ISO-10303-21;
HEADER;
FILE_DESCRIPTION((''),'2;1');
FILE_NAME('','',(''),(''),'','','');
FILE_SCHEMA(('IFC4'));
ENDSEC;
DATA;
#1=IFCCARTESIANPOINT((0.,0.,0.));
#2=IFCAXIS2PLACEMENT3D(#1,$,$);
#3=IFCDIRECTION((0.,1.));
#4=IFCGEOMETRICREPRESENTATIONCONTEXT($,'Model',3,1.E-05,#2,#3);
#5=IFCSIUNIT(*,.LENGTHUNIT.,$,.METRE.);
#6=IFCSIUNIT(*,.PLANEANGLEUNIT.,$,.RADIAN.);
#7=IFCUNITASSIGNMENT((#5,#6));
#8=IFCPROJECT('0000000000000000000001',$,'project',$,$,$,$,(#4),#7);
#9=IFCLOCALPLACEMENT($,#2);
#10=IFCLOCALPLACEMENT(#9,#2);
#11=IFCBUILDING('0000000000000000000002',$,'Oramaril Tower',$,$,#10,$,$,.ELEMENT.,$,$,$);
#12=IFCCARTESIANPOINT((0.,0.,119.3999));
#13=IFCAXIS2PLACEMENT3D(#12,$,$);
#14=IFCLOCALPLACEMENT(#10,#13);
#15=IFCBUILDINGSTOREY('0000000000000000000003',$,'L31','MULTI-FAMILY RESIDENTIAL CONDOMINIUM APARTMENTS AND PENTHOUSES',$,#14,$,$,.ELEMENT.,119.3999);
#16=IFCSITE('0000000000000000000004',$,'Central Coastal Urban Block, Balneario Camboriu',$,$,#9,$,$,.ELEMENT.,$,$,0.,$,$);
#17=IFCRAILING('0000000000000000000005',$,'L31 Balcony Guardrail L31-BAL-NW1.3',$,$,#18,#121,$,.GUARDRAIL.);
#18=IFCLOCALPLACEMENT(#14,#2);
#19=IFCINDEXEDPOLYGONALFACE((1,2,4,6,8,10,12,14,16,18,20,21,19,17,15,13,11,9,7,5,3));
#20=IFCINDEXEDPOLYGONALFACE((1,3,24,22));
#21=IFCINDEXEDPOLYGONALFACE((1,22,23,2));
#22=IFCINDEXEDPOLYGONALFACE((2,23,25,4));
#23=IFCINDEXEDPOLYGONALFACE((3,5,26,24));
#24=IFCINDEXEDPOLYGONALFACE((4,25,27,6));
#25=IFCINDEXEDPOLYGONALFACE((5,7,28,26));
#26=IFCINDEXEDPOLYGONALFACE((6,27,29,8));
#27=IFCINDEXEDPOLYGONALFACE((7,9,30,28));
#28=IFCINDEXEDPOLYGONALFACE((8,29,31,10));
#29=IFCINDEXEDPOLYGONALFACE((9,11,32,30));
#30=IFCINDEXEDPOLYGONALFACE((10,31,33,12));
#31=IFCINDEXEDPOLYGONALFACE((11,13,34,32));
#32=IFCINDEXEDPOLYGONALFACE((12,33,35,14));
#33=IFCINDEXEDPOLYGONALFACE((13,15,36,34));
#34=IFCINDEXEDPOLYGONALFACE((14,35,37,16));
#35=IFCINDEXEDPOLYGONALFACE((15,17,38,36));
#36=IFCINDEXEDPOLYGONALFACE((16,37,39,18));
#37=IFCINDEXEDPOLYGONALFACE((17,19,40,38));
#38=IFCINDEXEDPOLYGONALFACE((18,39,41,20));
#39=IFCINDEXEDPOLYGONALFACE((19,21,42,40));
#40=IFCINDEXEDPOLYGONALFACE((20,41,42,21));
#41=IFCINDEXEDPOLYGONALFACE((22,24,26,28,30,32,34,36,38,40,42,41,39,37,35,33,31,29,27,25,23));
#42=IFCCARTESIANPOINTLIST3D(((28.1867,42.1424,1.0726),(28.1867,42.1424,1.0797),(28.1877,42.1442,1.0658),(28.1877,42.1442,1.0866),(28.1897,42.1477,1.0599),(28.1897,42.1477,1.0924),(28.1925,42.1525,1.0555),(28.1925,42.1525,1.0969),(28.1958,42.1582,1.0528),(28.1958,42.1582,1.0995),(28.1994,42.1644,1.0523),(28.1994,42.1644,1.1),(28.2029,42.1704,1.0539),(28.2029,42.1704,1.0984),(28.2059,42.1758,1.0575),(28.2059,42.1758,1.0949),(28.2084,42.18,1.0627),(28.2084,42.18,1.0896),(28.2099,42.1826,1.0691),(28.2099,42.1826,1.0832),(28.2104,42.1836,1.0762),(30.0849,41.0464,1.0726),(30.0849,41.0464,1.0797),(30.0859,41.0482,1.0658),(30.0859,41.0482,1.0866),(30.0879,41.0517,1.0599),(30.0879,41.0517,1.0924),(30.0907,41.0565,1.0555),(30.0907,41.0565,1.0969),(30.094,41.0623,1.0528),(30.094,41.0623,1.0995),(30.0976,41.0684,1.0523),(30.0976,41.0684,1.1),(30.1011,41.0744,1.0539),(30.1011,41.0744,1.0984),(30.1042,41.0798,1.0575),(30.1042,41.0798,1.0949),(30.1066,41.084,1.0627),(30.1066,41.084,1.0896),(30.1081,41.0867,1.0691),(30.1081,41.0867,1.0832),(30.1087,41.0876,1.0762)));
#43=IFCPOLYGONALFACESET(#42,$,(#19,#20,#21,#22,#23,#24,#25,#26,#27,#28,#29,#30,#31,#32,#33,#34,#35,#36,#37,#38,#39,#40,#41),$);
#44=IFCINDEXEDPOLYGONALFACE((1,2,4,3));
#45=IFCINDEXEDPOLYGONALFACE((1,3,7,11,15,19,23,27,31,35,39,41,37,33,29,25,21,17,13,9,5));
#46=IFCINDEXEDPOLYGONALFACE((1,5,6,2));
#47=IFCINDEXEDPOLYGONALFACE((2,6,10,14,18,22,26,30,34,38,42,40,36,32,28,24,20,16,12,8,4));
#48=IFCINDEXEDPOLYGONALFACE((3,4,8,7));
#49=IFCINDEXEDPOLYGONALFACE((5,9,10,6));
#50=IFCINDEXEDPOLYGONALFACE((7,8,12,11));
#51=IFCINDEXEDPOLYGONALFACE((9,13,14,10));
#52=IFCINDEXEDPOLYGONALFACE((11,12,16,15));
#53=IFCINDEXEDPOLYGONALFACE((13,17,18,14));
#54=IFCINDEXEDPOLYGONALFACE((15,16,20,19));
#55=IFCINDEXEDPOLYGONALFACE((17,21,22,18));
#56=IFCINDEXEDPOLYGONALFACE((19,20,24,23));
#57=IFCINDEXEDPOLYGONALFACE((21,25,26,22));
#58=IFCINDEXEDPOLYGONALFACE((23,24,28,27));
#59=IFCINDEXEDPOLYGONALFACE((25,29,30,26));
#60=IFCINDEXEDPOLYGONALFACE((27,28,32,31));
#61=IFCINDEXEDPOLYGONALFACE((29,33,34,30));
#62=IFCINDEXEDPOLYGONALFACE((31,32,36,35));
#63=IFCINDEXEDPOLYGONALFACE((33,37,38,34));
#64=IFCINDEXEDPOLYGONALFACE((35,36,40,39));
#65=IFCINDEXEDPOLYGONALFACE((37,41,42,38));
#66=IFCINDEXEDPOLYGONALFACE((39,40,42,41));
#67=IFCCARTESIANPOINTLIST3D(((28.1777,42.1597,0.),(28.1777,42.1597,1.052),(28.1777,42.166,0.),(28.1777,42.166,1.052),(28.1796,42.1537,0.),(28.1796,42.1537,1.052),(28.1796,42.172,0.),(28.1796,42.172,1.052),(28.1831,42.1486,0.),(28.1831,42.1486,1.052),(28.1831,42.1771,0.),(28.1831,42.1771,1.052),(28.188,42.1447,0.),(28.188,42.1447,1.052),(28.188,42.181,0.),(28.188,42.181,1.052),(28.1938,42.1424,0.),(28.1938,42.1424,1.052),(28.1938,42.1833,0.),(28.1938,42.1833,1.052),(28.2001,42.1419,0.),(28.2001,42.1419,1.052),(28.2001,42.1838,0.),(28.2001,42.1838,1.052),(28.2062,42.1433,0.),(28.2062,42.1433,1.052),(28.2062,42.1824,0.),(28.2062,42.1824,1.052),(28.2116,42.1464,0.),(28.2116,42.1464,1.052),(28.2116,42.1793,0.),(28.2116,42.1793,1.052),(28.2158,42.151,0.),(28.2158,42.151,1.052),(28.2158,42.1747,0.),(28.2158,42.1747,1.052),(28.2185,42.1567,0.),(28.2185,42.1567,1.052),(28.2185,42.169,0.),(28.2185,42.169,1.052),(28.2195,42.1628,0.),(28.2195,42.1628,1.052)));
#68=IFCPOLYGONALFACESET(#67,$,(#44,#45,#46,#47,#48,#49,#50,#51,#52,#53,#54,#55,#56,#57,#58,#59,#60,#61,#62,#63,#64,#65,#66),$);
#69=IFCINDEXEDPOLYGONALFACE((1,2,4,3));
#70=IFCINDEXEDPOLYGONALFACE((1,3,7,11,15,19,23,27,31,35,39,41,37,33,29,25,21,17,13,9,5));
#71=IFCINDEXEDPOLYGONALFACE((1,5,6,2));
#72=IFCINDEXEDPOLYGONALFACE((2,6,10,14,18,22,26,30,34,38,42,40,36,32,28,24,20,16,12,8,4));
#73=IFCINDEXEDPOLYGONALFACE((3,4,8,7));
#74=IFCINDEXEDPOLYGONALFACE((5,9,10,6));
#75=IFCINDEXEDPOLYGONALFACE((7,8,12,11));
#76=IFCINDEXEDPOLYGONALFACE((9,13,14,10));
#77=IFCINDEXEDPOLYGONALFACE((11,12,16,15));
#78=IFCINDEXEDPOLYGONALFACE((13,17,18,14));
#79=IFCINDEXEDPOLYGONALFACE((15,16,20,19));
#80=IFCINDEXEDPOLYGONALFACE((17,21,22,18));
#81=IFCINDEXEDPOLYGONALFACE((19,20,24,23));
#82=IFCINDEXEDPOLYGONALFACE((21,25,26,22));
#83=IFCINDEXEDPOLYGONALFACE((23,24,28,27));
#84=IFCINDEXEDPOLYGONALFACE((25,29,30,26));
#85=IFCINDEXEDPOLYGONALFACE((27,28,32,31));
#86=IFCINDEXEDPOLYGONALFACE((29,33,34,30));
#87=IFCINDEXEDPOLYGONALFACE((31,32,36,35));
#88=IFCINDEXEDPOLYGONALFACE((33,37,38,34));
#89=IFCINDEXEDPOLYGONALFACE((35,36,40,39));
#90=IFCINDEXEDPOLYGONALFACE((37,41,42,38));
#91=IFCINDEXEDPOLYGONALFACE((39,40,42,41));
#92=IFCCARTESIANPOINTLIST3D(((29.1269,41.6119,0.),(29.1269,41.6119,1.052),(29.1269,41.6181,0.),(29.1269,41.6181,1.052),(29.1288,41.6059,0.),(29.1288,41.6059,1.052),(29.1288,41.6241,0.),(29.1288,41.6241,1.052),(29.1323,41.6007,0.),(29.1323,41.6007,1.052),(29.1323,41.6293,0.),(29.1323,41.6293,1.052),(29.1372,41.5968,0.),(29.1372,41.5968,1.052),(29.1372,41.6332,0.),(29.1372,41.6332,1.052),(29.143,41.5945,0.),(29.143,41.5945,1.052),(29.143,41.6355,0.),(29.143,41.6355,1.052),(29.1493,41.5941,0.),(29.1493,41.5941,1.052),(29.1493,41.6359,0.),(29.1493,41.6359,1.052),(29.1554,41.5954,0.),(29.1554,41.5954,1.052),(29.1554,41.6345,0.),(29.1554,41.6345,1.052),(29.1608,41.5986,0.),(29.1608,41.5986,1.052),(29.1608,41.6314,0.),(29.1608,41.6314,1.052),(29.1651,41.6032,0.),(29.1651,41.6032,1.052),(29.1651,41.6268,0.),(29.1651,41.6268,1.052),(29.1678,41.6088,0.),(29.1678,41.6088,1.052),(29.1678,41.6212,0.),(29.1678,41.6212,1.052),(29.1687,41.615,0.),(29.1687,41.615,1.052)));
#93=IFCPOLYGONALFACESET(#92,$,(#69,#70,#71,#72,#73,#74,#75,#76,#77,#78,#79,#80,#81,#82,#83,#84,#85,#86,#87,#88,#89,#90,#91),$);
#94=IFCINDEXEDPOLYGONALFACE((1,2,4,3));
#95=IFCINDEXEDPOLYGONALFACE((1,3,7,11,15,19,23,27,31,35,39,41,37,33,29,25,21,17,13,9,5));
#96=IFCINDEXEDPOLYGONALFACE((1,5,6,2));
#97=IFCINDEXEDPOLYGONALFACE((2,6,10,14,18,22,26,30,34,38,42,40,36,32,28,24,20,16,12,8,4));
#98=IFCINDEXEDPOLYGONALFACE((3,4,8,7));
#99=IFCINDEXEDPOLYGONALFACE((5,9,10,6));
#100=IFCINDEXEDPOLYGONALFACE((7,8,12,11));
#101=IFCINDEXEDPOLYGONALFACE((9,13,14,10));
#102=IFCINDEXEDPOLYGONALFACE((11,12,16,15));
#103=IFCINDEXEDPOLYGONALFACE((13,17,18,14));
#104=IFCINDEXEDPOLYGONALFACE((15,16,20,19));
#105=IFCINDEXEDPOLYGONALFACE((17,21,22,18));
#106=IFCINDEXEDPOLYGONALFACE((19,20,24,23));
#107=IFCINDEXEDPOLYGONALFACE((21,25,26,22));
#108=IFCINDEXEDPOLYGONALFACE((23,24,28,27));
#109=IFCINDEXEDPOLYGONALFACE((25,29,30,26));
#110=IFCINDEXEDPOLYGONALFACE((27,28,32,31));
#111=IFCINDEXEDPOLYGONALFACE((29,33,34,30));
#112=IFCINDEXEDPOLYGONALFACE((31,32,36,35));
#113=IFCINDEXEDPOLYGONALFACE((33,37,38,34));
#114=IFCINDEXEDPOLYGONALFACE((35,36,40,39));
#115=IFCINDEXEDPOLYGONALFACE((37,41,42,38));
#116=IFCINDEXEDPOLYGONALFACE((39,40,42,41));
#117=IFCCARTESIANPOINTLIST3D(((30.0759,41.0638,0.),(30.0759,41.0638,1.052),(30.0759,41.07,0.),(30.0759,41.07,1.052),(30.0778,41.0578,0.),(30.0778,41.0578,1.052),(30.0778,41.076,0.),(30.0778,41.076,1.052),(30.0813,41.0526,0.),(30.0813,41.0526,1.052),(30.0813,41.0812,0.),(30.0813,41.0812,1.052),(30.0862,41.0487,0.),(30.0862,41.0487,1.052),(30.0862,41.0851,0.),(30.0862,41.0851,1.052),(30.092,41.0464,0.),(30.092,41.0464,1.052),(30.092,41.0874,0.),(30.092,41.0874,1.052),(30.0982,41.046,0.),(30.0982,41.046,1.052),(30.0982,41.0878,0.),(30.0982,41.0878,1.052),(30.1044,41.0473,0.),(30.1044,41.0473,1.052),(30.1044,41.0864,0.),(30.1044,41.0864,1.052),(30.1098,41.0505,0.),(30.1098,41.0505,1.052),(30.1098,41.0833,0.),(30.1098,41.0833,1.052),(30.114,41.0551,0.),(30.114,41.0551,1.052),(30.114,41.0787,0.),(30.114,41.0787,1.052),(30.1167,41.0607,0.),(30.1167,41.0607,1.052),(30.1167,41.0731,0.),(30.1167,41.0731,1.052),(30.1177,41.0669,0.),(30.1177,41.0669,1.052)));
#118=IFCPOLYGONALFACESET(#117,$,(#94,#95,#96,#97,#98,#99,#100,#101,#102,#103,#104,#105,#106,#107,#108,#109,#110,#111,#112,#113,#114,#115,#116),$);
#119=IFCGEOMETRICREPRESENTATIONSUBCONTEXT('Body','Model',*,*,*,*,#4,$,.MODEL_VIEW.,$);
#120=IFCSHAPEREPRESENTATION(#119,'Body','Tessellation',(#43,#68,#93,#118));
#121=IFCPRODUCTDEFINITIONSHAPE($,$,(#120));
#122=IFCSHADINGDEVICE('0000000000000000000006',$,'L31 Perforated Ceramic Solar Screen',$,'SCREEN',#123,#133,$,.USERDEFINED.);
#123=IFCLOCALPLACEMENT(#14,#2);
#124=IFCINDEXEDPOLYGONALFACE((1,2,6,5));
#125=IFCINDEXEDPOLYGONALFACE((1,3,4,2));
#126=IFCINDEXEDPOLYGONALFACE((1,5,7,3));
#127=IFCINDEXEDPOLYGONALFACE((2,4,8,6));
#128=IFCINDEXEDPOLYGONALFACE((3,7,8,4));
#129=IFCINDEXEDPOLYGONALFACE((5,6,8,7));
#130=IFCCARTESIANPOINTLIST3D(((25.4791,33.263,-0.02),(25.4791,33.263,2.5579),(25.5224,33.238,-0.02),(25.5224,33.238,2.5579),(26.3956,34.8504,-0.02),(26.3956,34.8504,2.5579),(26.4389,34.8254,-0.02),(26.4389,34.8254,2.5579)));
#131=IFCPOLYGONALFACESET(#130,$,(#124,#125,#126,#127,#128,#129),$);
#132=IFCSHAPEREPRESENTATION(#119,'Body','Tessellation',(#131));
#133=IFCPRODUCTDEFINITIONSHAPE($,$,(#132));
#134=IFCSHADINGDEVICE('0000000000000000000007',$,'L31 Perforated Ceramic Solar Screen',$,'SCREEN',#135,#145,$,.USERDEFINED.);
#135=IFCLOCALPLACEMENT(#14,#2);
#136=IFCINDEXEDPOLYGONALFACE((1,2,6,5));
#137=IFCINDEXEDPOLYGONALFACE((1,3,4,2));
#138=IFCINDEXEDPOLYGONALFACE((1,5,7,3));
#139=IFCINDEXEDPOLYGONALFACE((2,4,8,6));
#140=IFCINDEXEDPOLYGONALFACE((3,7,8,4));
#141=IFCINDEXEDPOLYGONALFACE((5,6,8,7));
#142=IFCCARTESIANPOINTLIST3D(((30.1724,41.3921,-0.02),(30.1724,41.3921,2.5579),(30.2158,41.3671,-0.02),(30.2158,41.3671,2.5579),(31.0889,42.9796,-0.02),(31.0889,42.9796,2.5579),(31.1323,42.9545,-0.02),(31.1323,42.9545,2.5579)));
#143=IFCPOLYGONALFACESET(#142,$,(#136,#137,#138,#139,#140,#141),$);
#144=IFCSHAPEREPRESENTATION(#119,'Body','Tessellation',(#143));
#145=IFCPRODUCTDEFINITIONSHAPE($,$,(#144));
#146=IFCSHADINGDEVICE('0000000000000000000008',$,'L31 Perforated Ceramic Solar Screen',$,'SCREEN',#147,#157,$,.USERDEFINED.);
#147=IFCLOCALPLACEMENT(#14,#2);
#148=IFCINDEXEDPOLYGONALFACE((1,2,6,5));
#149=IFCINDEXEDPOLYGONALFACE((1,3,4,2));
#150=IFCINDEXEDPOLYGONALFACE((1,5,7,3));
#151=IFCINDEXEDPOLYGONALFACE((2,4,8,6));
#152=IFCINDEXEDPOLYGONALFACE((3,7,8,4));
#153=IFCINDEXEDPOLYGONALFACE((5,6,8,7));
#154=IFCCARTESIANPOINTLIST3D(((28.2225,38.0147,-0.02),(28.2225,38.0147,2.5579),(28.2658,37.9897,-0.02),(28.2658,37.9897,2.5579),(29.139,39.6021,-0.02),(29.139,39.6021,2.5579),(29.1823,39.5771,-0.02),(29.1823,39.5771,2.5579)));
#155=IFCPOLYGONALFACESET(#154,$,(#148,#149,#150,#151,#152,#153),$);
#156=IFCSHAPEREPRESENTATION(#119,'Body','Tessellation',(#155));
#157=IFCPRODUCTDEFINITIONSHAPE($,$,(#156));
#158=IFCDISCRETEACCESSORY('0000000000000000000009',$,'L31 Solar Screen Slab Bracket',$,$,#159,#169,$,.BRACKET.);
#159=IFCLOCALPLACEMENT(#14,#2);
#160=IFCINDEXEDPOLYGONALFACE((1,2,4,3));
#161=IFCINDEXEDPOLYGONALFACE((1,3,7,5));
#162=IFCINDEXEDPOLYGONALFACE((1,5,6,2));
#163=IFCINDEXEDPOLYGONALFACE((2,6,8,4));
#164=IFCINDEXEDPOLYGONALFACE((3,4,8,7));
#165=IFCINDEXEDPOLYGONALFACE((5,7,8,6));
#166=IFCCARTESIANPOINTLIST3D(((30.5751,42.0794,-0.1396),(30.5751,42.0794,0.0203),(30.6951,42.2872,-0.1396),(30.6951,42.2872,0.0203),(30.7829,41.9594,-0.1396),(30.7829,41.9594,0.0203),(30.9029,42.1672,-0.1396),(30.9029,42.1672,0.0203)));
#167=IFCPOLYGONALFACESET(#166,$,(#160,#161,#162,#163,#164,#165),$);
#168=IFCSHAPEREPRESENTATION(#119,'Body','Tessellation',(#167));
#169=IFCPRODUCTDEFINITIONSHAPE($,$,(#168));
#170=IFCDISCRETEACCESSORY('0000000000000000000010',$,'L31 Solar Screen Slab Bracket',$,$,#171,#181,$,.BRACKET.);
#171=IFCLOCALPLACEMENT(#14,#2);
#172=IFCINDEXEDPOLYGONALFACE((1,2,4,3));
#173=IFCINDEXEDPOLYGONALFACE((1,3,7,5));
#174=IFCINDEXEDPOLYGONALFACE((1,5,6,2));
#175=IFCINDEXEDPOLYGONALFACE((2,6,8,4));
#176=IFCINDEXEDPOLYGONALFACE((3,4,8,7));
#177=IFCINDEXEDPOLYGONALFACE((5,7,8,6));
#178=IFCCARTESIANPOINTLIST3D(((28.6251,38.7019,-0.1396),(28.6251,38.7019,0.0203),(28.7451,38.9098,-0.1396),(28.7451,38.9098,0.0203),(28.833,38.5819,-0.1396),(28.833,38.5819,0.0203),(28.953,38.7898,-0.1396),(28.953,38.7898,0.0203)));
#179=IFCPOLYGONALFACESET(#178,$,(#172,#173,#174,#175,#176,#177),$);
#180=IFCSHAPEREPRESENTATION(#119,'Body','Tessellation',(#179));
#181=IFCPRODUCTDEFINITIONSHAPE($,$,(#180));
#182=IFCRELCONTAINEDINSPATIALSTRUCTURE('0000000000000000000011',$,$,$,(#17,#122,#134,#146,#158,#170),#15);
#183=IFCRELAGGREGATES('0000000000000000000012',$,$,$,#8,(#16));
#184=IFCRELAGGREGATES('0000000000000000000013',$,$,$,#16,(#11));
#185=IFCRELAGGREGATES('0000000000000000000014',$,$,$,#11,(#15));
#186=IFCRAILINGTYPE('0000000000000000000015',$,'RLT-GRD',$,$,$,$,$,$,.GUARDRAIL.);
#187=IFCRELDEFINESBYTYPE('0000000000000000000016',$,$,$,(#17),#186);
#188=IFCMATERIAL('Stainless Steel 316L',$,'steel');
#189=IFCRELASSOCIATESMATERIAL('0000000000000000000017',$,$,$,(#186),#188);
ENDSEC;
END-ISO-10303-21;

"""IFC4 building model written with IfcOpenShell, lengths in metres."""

from ifc_helpers import new_model, si_unit, direction, frame, origin, origin_2d, place, context, subcontext, project, spatial, rectangle, circle, extrude, material, type_object, element, save


model = new_model("IFC4")

# Units and contexts
model_context = context("Model", 3, precision=1e-05, world=origin(), true_north=direction((0.0, 1.0)))
body_context = subcontext(model_context, "Body", "Model", "MODEL_VIEW")
ifc_project = project(units=[si_unit("LENGTHUNIT", "METRE"), si_unit("PLANEANGLEUNIT", "RADIAN")], contexts=[model_context])

# Site, building, storey
site_placement = place(None, origin())
site = spatial("IfcSite", under=ifc_project, at=site_placement, Name="Central Coastal Urban Block, Balneario Camboriu", CompositionType="ELEMENT", RefElevation=0.0)
building_placement = place(site_placement, origin())
building = spatial("IfcBuilding", under=site, at=building_placement, Name="Oramaril Tower", CompositionType="ELEMENT")
storey_placement = place(building_placement, frame((0.0, 0.0, 119.3999)))
storey = spatial("IfcBuildingStorey", under=building, at=storey_placement, Name="L31", Description="MULTI-FAMILY RESIDENTIAL CONDOMINIUM APARTMENTS AND PENTHOUSES", CompositionType="ELEMENT", Elevation=119.3999)

# Railing
ifc_material_1 = material(Name="Stainless Steel 316L", Category="steel")
railing_type = type_object("IfcRailingType", Name="RLT-GRD", PredefinedType="GUARDRAIL", material=ifc_material_1)
railing_1_placement = place(storey_placement, frame((28.1985, 42.1628, 0.0)))
element("IfcRailing", 1, at=railing_1_placement, inside=storey, type_object=railing_type, Name="L31 Balcony Guardrail L31-BAL-NW1.3", PredefinedType="GUARDRAIL", context=body_context, shape_type="SweptSolid", body=[
    extrude(circle(Radius=0.0239, at=origin_2d()), frame((0.0, 0.0, 1.0762), z_axis=(0.866021, -0.500008, 0.0), x_axis=(0.500008, 0.866021, 0.0)), (0.0, 0.0, 1.0), 2.1919),
    extrude(circle(Radius=0.021, at=origin_2d()), origin(), (0.0, 0.0, 1.0), 1.052),
    extrude(circle(Radius=0.021, at=origin_2d()), frame((0.9492, -0.5479, 0.0)), (0.0, 0.0, 1.0), 1.052),
    extrude(circle(Radius=0.021, at=origin_2d()), frame((1.8982, -1.0959, 0.0)), (0.0, 0.0, 1.0), 1.052),
])

# Shading devices
for number, where, z_axis, x_axis, name in (
    (2, (25.959, 34.0442, -0.02), (0.0, 0.0, 1.0), (-0.5, -0.866025, 0.0), "L31 Perforated Ceramic Solar Screen"),
    (3, (30.6523, 42.1733, -0.02), (0.0, 0.0, 1.0), (-0.5, -0.866025, 0.0), "L31 Perforated Ceramic Solar Screen"),
    (4, (28.7024, 38.7959, -0.02), (0.0, 0.0, 1.0), (-0.5, -0.866025, 0.0), "L31 Perforated Ceramic Solar Screen"),
):
    element("IfcShadingDevice", number, at=place(storey_placement, frame(where, z_axis=z_axis, x_axis=x_axis)), inside=storey, Name=name, ObjectType="SCREEN", PredefinedType="USERDEFINED", context=body_context, shape_type="SweptSolid", body=[
        extrude(rectangle(XDim=1.833, YDim=0.05, at=origin_2d()), origin(), (0.0, 0.0, 1.0), 2.5779),
    ])

# Discrete accessories
for number, where, z_axis, x_axis, name in (
    (5, (30.739, 42.1233, -0.1396), (0.0, 0.0, 1.0), (-0.5, -0.866025, 0.0), "L31 Solar Screen Slab Bracket"),
    (6, (28.7891, 38.7458, -0.1396), (0.0, 0.0, 1.0), (-0.5, -0.866025, 0.0), "L31 Solar Screen Slab Bracket"),
):
    element("IfcDiscreteAccessory", number, at=place(storey_placement, frame(where, z_axis=z_axis, x_axis=x_axis)), inside=storey, Name=name, PredefinedType="BRACKET", context=body_context, shape_type="SweptSolid", body=[
        extrude(rectangle(XDim=0.24, YDim=0.24, at=origin_2d()), origin(), (0.0, 0.0, 1.0), 0.1599),
    ])

save(model, "model.ifc")
